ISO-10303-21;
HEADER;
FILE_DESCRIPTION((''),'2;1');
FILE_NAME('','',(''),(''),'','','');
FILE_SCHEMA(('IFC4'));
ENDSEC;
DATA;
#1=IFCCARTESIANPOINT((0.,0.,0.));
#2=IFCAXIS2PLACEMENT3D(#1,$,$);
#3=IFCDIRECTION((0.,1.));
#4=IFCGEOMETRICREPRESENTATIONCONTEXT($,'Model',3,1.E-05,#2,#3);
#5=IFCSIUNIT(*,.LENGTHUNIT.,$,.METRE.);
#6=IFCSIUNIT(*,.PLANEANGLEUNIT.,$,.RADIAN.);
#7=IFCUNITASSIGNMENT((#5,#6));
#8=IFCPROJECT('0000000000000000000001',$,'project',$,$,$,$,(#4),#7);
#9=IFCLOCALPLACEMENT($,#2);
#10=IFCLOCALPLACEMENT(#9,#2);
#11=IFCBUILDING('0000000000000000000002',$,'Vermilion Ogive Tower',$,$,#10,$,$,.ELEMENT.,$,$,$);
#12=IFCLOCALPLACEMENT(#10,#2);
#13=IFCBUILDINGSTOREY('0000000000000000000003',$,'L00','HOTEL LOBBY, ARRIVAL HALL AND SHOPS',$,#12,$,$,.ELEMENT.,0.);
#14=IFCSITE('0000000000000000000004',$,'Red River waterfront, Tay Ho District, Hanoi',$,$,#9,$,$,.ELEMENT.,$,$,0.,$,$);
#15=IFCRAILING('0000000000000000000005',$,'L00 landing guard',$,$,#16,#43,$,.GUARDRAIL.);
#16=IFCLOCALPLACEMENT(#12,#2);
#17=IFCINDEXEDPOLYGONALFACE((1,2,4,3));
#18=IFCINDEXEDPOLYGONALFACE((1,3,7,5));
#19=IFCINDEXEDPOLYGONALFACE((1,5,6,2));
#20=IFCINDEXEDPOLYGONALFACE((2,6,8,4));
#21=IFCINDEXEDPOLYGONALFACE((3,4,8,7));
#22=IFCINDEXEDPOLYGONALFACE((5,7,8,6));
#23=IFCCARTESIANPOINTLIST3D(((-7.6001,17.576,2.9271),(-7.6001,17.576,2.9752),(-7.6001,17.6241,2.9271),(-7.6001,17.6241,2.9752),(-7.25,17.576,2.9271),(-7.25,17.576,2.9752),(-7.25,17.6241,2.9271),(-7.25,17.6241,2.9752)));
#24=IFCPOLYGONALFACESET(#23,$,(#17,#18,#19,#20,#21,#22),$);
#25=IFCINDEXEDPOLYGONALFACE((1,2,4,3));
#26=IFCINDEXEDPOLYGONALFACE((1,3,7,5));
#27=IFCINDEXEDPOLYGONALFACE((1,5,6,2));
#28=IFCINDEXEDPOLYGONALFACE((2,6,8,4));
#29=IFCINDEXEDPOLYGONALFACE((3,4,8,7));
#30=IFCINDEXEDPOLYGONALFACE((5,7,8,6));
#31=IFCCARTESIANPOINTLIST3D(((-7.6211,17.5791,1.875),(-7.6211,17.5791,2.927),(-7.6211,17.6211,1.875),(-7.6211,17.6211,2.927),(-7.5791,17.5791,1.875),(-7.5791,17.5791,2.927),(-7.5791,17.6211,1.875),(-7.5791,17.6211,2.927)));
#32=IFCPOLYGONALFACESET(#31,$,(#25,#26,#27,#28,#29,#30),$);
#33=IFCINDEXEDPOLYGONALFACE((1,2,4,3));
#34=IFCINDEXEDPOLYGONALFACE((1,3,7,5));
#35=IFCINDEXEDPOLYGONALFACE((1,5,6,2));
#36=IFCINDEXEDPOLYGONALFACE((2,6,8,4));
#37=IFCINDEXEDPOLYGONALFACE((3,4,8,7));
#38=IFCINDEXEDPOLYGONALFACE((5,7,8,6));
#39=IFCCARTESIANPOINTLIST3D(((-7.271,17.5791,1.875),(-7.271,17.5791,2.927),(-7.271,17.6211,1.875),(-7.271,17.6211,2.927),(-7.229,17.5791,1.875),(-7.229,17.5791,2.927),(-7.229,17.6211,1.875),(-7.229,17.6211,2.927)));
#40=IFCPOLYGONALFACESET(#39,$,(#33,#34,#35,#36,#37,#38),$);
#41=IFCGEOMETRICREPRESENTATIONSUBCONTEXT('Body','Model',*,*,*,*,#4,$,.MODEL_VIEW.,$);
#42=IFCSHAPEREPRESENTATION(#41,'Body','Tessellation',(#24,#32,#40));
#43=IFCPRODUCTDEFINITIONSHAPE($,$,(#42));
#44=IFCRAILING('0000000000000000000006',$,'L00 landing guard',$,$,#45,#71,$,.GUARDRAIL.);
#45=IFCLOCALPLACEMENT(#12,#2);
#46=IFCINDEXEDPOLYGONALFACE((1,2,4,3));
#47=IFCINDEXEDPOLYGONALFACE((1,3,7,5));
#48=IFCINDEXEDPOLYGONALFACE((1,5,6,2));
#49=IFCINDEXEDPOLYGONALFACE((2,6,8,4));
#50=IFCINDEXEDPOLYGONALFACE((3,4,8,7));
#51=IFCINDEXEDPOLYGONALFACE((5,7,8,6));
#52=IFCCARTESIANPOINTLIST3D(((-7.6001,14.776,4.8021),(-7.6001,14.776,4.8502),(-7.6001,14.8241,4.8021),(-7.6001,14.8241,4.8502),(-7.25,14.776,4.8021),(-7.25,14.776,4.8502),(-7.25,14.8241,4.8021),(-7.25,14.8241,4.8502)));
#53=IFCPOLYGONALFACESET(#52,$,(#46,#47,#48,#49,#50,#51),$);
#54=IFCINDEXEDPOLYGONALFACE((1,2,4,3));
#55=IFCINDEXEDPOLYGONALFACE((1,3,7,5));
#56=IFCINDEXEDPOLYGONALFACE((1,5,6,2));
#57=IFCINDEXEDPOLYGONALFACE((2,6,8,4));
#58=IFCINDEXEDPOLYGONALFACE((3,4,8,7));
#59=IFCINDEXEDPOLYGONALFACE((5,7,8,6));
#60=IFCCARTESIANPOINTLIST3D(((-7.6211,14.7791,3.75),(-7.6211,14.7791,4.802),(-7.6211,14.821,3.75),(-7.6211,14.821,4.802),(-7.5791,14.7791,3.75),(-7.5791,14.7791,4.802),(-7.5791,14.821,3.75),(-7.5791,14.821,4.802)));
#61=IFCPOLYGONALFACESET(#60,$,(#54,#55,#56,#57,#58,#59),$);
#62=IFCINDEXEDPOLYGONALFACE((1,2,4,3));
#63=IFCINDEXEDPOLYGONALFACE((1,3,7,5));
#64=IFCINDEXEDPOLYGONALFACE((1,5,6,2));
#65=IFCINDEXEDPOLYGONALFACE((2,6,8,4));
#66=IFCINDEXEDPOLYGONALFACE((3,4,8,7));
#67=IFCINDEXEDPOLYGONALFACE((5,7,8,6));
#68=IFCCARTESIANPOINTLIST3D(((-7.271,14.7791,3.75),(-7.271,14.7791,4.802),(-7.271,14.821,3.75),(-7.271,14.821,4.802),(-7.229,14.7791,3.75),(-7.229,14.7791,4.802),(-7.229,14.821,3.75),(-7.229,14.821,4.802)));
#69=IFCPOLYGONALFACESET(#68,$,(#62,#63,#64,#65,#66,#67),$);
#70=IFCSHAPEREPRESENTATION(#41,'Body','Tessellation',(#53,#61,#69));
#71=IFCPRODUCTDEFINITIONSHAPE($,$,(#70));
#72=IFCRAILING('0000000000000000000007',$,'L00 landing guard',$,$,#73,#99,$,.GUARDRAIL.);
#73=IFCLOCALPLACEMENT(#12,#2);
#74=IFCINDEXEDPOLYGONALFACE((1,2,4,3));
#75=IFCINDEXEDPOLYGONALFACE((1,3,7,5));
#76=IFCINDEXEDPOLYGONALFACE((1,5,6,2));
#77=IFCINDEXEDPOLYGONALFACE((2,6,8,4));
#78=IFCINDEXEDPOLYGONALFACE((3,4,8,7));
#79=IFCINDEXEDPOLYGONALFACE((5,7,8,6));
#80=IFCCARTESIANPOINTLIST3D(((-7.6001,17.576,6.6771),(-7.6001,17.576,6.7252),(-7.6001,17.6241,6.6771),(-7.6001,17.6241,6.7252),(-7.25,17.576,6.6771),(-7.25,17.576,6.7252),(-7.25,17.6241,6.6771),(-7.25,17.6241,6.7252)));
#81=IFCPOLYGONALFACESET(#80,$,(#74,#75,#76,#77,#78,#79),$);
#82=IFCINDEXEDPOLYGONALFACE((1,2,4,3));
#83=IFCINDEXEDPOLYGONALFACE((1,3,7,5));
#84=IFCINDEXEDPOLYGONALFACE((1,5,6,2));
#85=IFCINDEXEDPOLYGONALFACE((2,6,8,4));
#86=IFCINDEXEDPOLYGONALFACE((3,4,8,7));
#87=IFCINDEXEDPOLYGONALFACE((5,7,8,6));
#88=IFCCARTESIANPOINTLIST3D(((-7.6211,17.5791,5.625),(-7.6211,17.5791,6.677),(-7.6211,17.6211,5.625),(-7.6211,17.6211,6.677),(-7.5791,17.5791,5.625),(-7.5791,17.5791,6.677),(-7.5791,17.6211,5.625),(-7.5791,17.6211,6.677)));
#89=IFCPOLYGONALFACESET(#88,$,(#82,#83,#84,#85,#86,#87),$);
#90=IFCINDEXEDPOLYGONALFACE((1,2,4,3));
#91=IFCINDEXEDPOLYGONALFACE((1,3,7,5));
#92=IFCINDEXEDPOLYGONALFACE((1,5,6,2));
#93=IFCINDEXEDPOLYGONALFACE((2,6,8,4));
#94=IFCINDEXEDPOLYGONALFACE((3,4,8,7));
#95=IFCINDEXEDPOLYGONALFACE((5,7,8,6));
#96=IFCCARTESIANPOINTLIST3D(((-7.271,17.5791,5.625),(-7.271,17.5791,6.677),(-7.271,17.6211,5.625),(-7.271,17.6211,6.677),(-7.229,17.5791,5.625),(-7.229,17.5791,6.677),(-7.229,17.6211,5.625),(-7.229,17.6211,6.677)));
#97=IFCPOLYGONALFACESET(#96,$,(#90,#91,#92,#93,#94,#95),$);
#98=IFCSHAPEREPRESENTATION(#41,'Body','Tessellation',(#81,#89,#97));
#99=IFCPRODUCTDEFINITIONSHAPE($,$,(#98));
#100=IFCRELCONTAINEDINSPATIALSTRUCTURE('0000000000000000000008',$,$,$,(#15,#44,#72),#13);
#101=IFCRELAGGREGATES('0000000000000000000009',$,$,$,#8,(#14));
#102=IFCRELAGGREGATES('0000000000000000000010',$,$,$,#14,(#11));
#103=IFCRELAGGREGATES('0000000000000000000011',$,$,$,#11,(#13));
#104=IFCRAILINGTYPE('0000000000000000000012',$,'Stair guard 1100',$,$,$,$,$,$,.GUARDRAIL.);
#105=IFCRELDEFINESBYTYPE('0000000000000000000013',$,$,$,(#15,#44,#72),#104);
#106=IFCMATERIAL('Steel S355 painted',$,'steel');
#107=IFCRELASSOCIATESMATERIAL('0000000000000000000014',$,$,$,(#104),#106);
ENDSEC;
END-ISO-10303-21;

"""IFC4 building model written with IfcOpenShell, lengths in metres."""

from ifc_helpers import new_model, si_unit, direction, frame, origin, origin_2d, place, context, subcontext, project, spatial, rectangle, extrude, material, type_object, element, save


model = new_model("IFC4")

# Units and contexts
model_context = context("Model", 3, precision=1e-05, world=origin(), true_north=direction((0.0, 1.0)))
body_context = subcontext(model_context, "Body", "Model", "MODEL_VIEW")
ifc_project = project(units=[si_unit("LENGTHUNIT", "METRE"), si_unit("PLANEANGLEUNIT", "RADIAN")], contexts=[model_context])

# Site, building, storey
site_placement = place(None, origin())
site = spatial("IfcSite", under=ifc_project, at=site_placement, Name="Red River waterfront, Tay Ho District, Hanoi", CompositionType="ELEMENT", RefElevation=0.0)
building_placement = place(site_placement, origin())
building = spatial("IfcBuilding", under=site, at=building_placement, Name="Vermilion Ogive Tower", CompositionType="ELEMENT")
storey_placement = place(building_placement, origin())
storey = spatial("IfcBuildingStorey", under=building, at=storey_placement, Name="L00", Description="HOTEL LOBBY, ARRIVAL HALL AND SHOPS", CompositionType="ELEMENT", Elevation=0.0)

# Railings
ifc_material_1 = material(Name="Steel S355 painted", Category="steel")
railing_type = type_object("IfcRailingType", Name="Stair guard 1100", PredefinedType="GUARDRAIL", material=ifc_material_1)
for number, where, name in (
    (1, (-7.6001, 17.6001, 1.875), "L00 landing guard"),
    (2, (-7.6001, 14.8, 3.75), "L00 landing guard"),
    (3, (-7.6001, 17.6001, 5.625), "L00 landing guard"),
):
    element("IfcRailing", number, at=place(storey_placement, frame(where)), inside=storey, type_object=railing_type, Name=name, PredefinedType="GUARDRAIL", context=body_context, shape_type="SweptSolid", body=[
        extrude(rectangle(XDim=0.0481, YDim=0.0481, at=origin_2d()), frame((0.0, 0.0, 1.0762), z_axis=(1.0, 0.0, 0.0), x_axis=(0.0, 1.0, 0.0)), (0.0, 0.0, 1.0), 0.3501),
        extrude(rectangle(XDim=0.042, YDim=0.042, at=origin_2d()), origin(), (0.0, 0.0, 1.0), 1.052),
        extrude(rectangle(XDim=0.042, YDim=0.042, at=origin_2d()), frame((0.3501, 0.0, 0.0)), (0.0, 0.0, 1.0), 1.052),
    ])

save(model, "model.ifc")
